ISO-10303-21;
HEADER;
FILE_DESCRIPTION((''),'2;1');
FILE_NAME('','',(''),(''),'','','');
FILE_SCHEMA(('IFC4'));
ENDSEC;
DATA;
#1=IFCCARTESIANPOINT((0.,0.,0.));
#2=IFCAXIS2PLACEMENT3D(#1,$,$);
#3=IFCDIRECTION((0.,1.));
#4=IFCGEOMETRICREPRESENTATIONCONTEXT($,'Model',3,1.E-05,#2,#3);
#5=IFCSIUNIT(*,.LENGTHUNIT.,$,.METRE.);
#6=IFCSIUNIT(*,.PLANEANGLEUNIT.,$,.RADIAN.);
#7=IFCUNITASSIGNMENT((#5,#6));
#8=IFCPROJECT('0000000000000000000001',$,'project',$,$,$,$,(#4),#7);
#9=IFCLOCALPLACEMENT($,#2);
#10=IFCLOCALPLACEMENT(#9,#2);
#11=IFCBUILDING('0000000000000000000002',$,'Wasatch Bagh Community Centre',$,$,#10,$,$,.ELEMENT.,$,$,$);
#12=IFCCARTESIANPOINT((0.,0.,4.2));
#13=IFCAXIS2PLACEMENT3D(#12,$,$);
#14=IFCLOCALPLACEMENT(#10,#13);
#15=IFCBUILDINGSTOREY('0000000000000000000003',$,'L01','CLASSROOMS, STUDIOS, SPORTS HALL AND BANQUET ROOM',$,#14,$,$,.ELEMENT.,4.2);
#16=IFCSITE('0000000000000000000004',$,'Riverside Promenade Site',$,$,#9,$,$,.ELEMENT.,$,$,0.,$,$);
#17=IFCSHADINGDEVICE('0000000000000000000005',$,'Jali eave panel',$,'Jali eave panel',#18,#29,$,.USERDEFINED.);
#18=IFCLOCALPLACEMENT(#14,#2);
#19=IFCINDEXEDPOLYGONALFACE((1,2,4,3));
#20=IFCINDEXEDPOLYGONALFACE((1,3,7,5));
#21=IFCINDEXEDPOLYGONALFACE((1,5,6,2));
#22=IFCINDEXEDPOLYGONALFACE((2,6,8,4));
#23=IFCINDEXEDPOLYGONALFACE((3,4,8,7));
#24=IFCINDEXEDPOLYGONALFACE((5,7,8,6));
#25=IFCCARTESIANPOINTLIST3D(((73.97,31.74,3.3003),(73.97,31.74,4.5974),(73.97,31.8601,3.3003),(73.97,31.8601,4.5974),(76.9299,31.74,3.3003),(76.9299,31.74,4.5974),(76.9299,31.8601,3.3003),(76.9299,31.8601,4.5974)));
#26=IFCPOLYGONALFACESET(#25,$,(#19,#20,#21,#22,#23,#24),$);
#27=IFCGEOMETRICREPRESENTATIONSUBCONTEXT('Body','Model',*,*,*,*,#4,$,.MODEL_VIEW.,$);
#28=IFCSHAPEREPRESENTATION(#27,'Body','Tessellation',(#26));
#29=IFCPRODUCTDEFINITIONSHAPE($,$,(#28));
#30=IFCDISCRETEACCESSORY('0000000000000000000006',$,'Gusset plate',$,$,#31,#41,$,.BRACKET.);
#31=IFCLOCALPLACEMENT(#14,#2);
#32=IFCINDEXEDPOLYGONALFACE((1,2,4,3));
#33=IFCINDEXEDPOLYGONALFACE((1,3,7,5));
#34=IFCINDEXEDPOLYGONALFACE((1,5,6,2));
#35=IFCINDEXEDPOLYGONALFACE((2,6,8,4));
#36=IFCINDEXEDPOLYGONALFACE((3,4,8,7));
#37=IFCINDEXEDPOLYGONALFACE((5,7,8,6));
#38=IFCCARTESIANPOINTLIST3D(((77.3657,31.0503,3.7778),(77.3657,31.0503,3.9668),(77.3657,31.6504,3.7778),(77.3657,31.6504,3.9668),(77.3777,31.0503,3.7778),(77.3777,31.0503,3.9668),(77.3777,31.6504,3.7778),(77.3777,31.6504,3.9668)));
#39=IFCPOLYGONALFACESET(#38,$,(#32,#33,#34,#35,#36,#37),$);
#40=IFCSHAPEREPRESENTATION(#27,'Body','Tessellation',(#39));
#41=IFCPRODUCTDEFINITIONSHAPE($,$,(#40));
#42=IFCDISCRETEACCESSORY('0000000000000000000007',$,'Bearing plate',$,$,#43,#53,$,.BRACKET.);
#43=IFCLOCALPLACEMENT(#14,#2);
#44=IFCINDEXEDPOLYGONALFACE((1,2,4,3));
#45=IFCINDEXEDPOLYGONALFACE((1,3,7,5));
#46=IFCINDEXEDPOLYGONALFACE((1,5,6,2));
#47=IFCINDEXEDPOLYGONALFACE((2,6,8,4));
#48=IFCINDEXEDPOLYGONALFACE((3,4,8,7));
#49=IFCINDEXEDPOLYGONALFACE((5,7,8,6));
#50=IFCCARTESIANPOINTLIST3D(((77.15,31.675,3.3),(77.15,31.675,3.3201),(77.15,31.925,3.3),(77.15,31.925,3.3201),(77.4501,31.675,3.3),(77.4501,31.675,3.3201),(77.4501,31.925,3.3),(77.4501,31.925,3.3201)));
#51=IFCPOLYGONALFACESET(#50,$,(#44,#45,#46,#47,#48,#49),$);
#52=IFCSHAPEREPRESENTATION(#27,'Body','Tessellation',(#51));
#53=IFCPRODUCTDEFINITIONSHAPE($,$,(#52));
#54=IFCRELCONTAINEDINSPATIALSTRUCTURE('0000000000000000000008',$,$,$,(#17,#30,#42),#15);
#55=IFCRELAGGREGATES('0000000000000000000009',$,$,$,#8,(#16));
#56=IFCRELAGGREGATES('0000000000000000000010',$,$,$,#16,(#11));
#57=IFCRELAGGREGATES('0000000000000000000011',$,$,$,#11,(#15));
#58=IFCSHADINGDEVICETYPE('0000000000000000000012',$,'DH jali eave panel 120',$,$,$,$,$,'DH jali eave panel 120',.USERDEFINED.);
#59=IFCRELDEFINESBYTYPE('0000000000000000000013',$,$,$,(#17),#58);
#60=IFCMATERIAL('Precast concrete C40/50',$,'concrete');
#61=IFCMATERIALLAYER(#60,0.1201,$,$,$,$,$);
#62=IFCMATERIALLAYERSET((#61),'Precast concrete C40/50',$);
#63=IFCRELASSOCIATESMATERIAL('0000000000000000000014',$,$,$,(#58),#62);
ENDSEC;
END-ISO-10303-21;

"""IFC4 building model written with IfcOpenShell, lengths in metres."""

from ifc_helpers import new_model, si_unit, direction, frame, origin, origin_2d, place, context, subcontext, project, spatial, polyline, rectangle, outline, extrude, material, layer, layer_set, type_object, element, save


model = new_model("IFC4")

# Units and contexts
model_context = context("Model", 3, precision=1e-05, world=origin(), true_north=direction((0.0, 1.0)))
body_context = subcontext(model_context, "Body", "Model", "MODEL_VIEW")
ifc_project = project(units=[si_unit("LENGTHUNIT", "METRE"), si_unit("PLANEANGLEUNIT", "RADIAN")], contexts=[model_context])

# Site, building, storey
site_placement = place(None, origin())
site = spatial("IfcSite", under=ifc_project, at=site_placement, Name="Riverside Promenade Site", CompositionType="ELEMENT", RefElevation=0.0)
building_placement = place(site_placement, origin())
building = spatial("IfcBuilding", under=site, at=building_placement, Name="Wasatch Bagh Community Centre", CompositionType="ELEMENT")
storey_placement = place(building_placement, frame((0.0, 0.0, 4.2)))
storey = spatial("IfcBuildingStorey", under=building, at=storey_placement, Name="L01", Description="CLASSROOMS, STUDIOS, SPORTS HALL AND BANQUET ROOM", CompositionType="ELEMENT", Elevation=4.2)

# Shading device
ifc_material_1 = material(Name="Precast concrete C40/50", Category="concrete")
ifc_layer_1 = layer(ifc_material_1, 0.1201)
ifc_layer_set_1 = layer_set([ifc_layer_1], Name="Precast concrete C40/50")
shading_device_type = type_object("IfcShadingDeviceType", Name="DH jali eave panel 120", ElementType="DH jali eave panel 120", PredefinedType="USERDEFINED", material=ifc_layer_set_1)
shading_device_placement = place(storey_placement, frame((75.45, 31.8, 3.3003), z_axis=(0.0, 0.0, 1.0), x_axis=(1.0, 0.0, 0.0)))
element("IfcShadingDevice", 1, at=shading_device_placement, inside=storey, type_object=shading_device_type, Name="Jali eave panel", ObjectType="Jali eave panel", PredefinedType="USERDEFINED", context=body_context, shape_type="SweptSolid", body=[
    extrude(rectangle(XDim=2.96, YDim=0.1201, at=origin_2d()), origin(), (0.0, 0.0, 1.0), 1.2971),
])

# Discrete accessories
discrete_accessory_1_placement = place(storey_placement, frame((77.3777, 31.0503, 3.7778), z_axis=(1.0, 0.0, 0.0), x_axis=(0.0, 1.0, 0.0)))
element("IfcDiscreteAccessory", 2, at=discrete_accessory_1_placement, inside=storey, Name="Gusset plate", PredefinedType="BRACKET", context=body_context, shape_type="SweptSolid", body=[
    extrude(outline(polyline([(0.0, 0.0), (0.6001, 0.0), (0.6001, 0.189), (0.0, 0.189), (0.0, 0.0)])), origin(), (0.0, 0.0, -1.0), 0.012),
])
discrete_accessory_2_placement = place(storey_placement, frame((77.3, 31.8, 3.3), z_axis=(0.0, 0.0, 1.0), x_axis=(1.0, 0.0, 0.0)))
element("IfcDiscreteAccessory", 3, at=discrete_accessory_2_placement, inside=storey, Name="Bearing plate", PredefinedType="BRACKET", context=body_context, shape_type="SweptSolid", body=[
    extrude(rectangle(XDim=0.3, YDim=0.25, at=origin_2d()), origin(), (0.0, 0.0, 1.0), 0.02),
])

save(model, "model.ifc")
